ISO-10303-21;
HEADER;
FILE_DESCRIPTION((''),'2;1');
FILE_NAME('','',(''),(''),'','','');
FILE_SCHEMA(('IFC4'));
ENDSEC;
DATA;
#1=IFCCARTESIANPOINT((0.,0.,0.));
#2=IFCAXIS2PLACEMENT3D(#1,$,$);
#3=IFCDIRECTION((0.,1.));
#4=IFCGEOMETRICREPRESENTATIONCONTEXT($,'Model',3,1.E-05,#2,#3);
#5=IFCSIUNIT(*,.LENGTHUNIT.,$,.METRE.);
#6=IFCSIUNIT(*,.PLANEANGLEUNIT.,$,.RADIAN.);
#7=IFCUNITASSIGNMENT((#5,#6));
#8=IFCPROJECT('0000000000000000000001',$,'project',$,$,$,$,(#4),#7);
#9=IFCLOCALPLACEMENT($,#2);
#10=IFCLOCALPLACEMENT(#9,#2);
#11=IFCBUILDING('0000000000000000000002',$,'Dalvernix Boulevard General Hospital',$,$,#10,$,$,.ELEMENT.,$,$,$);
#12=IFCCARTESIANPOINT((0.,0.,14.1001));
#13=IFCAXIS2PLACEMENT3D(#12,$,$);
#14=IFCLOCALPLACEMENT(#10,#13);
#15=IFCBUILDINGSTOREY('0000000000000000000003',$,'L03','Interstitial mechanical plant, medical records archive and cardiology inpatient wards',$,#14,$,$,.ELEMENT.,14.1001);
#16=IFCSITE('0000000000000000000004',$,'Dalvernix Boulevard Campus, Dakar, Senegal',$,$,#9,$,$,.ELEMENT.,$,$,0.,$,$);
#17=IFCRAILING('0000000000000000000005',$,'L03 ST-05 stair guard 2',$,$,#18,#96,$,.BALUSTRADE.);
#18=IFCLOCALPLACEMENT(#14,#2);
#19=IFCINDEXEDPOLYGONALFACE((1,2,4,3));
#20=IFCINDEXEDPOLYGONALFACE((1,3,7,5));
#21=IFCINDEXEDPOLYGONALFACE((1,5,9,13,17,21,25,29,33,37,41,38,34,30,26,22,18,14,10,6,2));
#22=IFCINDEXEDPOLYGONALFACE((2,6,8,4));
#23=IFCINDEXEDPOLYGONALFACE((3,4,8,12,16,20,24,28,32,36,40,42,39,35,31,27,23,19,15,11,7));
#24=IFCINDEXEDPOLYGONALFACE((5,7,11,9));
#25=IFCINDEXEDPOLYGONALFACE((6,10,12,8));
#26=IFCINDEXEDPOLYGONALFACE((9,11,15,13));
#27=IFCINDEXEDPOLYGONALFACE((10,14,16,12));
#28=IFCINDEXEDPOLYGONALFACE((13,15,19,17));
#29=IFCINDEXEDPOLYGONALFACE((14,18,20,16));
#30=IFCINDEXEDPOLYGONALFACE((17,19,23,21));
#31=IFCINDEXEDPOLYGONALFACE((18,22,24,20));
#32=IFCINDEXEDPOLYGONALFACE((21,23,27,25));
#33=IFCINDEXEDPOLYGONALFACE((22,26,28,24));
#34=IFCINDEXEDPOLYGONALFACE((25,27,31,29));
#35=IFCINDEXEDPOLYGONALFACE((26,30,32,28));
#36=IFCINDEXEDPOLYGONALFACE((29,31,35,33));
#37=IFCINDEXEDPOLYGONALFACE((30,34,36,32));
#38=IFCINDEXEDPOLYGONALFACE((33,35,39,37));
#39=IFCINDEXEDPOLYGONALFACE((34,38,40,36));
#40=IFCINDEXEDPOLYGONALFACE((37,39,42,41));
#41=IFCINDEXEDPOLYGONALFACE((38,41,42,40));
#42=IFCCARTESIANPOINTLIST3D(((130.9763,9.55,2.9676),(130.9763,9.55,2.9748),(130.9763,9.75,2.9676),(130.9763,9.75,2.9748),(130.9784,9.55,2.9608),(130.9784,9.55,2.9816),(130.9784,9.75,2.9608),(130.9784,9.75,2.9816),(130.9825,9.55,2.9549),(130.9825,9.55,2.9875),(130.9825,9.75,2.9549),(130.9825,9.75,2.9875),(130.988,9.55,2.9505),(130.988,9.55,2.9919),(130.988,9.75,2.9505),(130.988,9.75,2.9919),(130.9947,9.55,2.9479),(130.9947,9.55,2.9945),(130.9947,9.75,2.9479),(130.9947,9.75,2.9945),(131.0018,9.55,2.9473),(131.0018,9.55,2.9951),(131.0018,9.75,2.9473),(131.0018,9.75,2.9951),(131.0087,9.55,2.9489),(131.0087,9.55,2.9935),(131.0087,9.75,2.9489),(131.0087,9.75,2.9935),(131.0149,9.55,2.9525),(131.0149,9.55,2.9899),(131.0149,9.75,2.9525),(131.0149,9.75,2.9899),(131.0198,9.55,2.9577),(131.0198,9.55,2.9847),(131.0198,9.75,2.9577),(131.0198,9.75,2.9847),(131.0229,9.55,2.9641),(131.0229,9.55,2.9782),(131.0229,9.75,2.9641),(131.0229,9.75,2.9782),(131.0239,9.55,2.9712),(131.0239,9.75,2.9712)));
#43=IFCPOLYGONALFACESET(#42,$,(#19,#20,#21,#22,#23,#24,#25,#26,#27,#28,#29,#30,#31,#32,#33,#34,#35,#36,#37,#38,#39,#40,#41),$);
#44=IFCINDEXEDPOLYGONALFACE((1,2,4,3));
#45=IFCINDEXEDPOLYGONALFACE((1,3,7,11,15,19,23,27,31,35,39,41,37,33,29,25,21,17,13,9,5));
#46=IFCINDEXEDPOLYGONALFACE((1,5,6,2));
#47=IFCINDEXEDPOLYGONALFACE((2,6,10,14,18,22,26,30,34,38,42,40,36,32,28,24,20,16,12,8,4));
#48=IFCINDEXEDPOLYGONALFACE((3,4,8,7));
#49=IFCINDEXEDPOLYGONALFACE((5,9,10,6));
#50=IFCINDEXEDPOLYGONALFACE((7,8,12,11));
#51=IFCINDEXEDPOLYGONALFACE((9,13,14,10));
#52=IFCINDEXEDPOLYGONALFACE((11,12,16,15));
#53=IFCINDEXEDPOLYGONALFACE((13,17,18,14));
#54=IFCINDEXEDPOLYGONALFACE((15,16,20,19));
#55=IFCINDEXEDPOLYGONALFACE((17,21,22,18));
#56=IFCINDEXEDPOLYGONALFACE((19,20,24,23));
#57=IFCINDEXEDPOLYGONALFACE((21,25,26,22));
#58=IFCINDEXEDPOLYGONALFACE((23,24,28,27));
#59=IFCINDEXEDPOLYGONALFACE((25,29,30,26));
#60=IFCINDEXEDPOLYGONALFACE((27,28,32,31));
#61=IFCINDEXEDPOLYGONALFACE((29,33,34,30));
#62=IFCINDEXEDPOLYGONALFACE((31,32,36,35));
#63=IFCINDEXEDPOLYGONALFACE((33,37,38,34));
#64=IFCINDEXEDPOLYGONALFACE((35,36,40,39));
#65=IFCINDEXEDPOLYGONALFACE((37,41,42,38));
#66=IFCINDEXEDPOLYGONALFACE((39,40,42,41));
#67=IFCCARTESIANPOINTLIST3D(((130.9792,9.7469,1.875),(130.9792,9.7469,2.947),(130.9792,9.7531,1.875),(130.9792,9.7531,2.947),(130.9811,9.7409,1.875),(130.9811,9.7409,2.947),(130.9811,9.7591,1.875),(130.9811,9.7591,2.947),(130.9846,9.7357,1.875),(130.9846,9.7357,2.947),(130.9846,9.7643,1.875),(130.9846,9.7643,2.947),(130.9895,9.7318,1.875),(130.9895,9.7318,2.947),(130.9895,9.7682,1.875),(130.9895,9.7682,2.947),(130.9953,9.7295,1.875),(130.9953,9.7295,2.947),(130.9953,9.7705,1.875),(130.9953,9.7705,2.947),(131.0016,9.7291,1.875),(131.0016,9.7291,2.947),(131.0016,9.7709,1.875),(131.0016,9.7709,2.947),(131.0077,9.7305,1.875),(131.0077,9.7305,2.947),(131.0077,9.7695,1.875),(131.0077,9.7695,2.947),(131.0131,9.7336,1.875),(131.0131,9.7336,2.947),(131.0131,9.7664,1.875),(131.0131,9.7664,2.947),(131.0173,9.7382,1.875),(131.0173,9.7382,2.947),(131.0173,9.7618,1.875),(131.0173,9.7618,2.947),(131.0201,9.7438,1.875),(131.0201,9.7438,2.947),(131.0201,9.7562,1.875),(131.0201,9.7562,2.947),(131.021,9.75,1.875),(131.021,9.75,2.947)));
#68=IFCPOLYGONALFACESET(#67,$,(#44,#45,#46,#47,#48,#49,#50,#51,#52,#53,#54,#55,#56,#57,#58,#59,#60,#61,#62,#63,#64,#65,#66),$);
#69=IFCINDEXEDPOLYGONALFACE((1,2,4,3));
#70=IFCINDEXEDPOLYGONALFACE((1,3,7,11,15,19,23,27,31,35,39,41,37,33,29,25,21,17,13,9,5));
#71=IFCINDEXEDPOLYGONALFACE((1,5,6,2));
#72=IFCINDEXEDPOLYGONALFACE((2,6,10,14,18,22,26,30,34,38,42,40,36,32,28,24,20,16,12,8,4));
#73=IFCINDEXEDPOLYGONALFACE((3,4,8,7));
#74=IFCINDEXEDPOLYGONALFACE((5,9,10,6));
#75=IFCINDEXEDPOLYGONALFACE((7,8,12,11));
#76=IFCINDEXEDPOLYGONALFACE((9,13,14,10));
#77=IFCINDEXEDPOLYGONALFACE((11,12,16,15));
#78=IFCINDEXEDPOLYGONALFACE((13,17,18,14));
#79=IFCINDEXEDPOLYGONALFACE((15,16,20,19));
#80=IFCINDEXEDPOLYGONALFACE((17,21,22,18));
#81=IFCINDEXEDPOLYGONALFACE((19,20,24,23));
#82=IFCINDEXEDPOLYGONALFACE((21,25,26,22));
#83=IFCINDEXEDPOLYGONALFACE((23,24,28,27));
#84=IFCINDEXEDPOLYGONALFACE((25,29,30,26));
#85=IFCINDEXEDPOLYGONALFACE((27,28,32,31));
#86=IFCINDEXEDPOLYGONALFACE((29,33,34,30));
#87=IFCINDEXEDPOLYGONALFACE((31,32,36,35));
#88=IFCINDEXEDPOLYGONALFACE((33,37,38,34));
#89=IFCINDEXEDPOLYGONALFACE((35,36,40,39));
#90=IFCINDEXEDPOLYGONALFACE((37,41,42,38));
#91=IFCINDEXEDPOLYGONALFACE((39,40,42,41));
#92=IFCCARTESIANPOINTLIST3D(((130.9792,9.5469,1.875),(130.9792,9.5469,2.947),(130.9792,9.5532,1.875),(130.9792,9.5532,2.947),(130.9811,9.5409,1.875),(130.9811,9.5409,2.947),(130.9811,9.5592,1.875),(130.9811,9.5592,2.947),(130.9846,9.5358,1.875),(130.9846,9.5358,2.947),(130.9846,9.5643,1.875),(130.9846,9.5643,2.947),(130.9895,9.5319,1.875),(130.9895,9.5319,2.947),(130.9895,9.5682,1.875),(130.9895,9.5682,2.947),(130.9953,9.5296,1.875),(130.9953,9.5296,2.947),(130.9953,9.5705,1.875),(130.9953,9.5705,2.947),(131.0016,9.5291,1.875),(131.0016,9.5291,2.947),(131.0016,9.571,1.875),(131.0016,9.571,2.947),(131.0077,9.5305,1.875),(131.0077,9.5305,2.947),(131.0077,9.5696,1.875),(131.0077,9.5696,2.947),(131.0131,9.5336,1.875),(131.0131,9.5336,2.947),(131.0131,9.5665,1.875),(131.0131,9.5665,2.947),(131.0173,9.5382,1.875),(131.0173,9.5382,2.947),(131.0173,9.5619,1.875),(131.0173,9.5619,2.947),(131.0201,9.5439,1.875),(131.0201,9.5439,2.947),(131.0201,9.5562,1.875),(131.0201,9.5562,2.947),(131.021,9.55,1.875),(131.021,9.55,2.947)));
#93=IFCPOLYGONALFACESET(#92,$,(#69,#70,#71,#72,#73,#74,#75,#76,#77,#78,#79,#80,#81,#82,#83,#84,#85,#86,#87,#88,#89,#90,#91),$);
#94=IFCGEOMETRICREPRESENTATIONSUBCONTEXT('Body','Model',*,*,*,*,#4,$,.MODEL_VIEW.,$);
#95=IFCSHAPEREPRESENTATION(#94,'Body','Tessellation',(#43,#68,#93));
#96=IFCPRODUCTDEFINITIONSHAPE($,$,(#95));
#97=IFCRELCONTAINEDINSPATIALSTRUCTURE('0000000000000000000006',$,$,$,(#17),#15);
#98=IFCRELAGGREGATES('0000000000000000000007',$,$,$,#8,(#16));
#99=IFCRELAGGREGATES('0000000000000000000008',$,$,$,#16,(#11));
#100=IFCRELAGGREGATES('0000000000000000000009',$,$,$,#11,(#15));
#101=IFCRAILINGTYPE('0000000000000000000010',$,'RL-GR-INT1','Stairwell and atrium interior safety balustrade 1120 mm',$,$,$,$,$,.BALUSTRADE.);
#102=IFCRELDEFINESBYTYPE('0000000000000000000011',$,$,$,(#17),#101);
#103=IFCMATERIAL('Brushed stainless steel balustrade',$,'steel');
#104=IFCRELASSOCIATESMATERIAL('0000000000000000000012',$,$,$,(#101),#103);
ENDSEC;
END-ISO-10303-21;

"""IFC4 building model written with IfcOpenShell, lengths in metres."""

from ifc_helpers import new_model, si_unit, direction, frame, origin, origin_2d, place, context, subcontext, project, spatial, circle, extrude, material, type_object, element, save


model = new_model("IFC4")

# Units and contexts
model_context = context("Model", 3, precision=1e-05, world=origin(), true_north=direction((0.0, 1.0)))
body_context = subcontext(model_context, "Body", "Model", "MODEL_VIEW")
ifc_project = project(units=[si_unit("LENGTHUNIT", "METRE"), si_unit("PLANEANGLEUNIT", "RADIAN")], contexts=[model_context])

# Site, building, storey
site_placement = place(None, origin())
site = spatial("IfcSite", under=ifc_project, at=site_placement, Name="Dalvernix Boulevard Campus, Dakar, Senegal", CompositionType="ELEMENT", RefElevation=0.0)
building_placement = place(site_placement, origin())
building = spatial("IfcBuilding", under=site, at=building_placement, Name="Dalvernix Boulevard General Hospital", CompositionType="ELEMENT")
storey_placement = place(building_placement, frame((0.0, 0.0, 14.1001)))
storey = spatial("IfcBuildingStorey", under=building, at=storey_placement, Name="L03", Description="Interstitial mechanical plant, medical records archive and cardiology inpatient wards", CompositionType="ELEMENT", Elevation=14.1001)

# Railing
ifc_material_1 = material(Name="Brushed stainless steel balustrade", Category="steel")
railing_type_1 = type_object("IfcRailingType", Name="RL-GR-INT1", Description="Stairwell and atrium interior safety balustrade 1120 mm", PredefinedType="BALUSTRADE", material=ifc_material_1)
railing_1_placement = place(storey_placement, frame((131.0, 9.75, 1.875)))
element("IfcRailing", 1, at=railing_1_placement, inside=storey, type_object=railing_type_1, Name="L03 ST-05 stair guard 2", PredefinedType="BALUSTRADE", context=body_context, shape_type="SweptSolid", body=[
    extrude(circle(Radius=0.0239, at=origin_2d()), frame((0.0, 0.0, 1.0962), z_axis=(0.0, -1.0, 0.0), x_axis=(1.0, 0.0, 0.0)), (0.0, 0.0, 1.0), 0.2),
    extrude(circle(Radius=0.021, at=origin_2d()), origin(), (0.0, 0.0, 1.0), 1.072),
    extrude(circle(Radius=0.021, at=origin_2d()), frame((0.0, -0.2, 0.0)), (0.0, 0.0, 1.0), 1.072),
])

save(model, "model.ifc")
